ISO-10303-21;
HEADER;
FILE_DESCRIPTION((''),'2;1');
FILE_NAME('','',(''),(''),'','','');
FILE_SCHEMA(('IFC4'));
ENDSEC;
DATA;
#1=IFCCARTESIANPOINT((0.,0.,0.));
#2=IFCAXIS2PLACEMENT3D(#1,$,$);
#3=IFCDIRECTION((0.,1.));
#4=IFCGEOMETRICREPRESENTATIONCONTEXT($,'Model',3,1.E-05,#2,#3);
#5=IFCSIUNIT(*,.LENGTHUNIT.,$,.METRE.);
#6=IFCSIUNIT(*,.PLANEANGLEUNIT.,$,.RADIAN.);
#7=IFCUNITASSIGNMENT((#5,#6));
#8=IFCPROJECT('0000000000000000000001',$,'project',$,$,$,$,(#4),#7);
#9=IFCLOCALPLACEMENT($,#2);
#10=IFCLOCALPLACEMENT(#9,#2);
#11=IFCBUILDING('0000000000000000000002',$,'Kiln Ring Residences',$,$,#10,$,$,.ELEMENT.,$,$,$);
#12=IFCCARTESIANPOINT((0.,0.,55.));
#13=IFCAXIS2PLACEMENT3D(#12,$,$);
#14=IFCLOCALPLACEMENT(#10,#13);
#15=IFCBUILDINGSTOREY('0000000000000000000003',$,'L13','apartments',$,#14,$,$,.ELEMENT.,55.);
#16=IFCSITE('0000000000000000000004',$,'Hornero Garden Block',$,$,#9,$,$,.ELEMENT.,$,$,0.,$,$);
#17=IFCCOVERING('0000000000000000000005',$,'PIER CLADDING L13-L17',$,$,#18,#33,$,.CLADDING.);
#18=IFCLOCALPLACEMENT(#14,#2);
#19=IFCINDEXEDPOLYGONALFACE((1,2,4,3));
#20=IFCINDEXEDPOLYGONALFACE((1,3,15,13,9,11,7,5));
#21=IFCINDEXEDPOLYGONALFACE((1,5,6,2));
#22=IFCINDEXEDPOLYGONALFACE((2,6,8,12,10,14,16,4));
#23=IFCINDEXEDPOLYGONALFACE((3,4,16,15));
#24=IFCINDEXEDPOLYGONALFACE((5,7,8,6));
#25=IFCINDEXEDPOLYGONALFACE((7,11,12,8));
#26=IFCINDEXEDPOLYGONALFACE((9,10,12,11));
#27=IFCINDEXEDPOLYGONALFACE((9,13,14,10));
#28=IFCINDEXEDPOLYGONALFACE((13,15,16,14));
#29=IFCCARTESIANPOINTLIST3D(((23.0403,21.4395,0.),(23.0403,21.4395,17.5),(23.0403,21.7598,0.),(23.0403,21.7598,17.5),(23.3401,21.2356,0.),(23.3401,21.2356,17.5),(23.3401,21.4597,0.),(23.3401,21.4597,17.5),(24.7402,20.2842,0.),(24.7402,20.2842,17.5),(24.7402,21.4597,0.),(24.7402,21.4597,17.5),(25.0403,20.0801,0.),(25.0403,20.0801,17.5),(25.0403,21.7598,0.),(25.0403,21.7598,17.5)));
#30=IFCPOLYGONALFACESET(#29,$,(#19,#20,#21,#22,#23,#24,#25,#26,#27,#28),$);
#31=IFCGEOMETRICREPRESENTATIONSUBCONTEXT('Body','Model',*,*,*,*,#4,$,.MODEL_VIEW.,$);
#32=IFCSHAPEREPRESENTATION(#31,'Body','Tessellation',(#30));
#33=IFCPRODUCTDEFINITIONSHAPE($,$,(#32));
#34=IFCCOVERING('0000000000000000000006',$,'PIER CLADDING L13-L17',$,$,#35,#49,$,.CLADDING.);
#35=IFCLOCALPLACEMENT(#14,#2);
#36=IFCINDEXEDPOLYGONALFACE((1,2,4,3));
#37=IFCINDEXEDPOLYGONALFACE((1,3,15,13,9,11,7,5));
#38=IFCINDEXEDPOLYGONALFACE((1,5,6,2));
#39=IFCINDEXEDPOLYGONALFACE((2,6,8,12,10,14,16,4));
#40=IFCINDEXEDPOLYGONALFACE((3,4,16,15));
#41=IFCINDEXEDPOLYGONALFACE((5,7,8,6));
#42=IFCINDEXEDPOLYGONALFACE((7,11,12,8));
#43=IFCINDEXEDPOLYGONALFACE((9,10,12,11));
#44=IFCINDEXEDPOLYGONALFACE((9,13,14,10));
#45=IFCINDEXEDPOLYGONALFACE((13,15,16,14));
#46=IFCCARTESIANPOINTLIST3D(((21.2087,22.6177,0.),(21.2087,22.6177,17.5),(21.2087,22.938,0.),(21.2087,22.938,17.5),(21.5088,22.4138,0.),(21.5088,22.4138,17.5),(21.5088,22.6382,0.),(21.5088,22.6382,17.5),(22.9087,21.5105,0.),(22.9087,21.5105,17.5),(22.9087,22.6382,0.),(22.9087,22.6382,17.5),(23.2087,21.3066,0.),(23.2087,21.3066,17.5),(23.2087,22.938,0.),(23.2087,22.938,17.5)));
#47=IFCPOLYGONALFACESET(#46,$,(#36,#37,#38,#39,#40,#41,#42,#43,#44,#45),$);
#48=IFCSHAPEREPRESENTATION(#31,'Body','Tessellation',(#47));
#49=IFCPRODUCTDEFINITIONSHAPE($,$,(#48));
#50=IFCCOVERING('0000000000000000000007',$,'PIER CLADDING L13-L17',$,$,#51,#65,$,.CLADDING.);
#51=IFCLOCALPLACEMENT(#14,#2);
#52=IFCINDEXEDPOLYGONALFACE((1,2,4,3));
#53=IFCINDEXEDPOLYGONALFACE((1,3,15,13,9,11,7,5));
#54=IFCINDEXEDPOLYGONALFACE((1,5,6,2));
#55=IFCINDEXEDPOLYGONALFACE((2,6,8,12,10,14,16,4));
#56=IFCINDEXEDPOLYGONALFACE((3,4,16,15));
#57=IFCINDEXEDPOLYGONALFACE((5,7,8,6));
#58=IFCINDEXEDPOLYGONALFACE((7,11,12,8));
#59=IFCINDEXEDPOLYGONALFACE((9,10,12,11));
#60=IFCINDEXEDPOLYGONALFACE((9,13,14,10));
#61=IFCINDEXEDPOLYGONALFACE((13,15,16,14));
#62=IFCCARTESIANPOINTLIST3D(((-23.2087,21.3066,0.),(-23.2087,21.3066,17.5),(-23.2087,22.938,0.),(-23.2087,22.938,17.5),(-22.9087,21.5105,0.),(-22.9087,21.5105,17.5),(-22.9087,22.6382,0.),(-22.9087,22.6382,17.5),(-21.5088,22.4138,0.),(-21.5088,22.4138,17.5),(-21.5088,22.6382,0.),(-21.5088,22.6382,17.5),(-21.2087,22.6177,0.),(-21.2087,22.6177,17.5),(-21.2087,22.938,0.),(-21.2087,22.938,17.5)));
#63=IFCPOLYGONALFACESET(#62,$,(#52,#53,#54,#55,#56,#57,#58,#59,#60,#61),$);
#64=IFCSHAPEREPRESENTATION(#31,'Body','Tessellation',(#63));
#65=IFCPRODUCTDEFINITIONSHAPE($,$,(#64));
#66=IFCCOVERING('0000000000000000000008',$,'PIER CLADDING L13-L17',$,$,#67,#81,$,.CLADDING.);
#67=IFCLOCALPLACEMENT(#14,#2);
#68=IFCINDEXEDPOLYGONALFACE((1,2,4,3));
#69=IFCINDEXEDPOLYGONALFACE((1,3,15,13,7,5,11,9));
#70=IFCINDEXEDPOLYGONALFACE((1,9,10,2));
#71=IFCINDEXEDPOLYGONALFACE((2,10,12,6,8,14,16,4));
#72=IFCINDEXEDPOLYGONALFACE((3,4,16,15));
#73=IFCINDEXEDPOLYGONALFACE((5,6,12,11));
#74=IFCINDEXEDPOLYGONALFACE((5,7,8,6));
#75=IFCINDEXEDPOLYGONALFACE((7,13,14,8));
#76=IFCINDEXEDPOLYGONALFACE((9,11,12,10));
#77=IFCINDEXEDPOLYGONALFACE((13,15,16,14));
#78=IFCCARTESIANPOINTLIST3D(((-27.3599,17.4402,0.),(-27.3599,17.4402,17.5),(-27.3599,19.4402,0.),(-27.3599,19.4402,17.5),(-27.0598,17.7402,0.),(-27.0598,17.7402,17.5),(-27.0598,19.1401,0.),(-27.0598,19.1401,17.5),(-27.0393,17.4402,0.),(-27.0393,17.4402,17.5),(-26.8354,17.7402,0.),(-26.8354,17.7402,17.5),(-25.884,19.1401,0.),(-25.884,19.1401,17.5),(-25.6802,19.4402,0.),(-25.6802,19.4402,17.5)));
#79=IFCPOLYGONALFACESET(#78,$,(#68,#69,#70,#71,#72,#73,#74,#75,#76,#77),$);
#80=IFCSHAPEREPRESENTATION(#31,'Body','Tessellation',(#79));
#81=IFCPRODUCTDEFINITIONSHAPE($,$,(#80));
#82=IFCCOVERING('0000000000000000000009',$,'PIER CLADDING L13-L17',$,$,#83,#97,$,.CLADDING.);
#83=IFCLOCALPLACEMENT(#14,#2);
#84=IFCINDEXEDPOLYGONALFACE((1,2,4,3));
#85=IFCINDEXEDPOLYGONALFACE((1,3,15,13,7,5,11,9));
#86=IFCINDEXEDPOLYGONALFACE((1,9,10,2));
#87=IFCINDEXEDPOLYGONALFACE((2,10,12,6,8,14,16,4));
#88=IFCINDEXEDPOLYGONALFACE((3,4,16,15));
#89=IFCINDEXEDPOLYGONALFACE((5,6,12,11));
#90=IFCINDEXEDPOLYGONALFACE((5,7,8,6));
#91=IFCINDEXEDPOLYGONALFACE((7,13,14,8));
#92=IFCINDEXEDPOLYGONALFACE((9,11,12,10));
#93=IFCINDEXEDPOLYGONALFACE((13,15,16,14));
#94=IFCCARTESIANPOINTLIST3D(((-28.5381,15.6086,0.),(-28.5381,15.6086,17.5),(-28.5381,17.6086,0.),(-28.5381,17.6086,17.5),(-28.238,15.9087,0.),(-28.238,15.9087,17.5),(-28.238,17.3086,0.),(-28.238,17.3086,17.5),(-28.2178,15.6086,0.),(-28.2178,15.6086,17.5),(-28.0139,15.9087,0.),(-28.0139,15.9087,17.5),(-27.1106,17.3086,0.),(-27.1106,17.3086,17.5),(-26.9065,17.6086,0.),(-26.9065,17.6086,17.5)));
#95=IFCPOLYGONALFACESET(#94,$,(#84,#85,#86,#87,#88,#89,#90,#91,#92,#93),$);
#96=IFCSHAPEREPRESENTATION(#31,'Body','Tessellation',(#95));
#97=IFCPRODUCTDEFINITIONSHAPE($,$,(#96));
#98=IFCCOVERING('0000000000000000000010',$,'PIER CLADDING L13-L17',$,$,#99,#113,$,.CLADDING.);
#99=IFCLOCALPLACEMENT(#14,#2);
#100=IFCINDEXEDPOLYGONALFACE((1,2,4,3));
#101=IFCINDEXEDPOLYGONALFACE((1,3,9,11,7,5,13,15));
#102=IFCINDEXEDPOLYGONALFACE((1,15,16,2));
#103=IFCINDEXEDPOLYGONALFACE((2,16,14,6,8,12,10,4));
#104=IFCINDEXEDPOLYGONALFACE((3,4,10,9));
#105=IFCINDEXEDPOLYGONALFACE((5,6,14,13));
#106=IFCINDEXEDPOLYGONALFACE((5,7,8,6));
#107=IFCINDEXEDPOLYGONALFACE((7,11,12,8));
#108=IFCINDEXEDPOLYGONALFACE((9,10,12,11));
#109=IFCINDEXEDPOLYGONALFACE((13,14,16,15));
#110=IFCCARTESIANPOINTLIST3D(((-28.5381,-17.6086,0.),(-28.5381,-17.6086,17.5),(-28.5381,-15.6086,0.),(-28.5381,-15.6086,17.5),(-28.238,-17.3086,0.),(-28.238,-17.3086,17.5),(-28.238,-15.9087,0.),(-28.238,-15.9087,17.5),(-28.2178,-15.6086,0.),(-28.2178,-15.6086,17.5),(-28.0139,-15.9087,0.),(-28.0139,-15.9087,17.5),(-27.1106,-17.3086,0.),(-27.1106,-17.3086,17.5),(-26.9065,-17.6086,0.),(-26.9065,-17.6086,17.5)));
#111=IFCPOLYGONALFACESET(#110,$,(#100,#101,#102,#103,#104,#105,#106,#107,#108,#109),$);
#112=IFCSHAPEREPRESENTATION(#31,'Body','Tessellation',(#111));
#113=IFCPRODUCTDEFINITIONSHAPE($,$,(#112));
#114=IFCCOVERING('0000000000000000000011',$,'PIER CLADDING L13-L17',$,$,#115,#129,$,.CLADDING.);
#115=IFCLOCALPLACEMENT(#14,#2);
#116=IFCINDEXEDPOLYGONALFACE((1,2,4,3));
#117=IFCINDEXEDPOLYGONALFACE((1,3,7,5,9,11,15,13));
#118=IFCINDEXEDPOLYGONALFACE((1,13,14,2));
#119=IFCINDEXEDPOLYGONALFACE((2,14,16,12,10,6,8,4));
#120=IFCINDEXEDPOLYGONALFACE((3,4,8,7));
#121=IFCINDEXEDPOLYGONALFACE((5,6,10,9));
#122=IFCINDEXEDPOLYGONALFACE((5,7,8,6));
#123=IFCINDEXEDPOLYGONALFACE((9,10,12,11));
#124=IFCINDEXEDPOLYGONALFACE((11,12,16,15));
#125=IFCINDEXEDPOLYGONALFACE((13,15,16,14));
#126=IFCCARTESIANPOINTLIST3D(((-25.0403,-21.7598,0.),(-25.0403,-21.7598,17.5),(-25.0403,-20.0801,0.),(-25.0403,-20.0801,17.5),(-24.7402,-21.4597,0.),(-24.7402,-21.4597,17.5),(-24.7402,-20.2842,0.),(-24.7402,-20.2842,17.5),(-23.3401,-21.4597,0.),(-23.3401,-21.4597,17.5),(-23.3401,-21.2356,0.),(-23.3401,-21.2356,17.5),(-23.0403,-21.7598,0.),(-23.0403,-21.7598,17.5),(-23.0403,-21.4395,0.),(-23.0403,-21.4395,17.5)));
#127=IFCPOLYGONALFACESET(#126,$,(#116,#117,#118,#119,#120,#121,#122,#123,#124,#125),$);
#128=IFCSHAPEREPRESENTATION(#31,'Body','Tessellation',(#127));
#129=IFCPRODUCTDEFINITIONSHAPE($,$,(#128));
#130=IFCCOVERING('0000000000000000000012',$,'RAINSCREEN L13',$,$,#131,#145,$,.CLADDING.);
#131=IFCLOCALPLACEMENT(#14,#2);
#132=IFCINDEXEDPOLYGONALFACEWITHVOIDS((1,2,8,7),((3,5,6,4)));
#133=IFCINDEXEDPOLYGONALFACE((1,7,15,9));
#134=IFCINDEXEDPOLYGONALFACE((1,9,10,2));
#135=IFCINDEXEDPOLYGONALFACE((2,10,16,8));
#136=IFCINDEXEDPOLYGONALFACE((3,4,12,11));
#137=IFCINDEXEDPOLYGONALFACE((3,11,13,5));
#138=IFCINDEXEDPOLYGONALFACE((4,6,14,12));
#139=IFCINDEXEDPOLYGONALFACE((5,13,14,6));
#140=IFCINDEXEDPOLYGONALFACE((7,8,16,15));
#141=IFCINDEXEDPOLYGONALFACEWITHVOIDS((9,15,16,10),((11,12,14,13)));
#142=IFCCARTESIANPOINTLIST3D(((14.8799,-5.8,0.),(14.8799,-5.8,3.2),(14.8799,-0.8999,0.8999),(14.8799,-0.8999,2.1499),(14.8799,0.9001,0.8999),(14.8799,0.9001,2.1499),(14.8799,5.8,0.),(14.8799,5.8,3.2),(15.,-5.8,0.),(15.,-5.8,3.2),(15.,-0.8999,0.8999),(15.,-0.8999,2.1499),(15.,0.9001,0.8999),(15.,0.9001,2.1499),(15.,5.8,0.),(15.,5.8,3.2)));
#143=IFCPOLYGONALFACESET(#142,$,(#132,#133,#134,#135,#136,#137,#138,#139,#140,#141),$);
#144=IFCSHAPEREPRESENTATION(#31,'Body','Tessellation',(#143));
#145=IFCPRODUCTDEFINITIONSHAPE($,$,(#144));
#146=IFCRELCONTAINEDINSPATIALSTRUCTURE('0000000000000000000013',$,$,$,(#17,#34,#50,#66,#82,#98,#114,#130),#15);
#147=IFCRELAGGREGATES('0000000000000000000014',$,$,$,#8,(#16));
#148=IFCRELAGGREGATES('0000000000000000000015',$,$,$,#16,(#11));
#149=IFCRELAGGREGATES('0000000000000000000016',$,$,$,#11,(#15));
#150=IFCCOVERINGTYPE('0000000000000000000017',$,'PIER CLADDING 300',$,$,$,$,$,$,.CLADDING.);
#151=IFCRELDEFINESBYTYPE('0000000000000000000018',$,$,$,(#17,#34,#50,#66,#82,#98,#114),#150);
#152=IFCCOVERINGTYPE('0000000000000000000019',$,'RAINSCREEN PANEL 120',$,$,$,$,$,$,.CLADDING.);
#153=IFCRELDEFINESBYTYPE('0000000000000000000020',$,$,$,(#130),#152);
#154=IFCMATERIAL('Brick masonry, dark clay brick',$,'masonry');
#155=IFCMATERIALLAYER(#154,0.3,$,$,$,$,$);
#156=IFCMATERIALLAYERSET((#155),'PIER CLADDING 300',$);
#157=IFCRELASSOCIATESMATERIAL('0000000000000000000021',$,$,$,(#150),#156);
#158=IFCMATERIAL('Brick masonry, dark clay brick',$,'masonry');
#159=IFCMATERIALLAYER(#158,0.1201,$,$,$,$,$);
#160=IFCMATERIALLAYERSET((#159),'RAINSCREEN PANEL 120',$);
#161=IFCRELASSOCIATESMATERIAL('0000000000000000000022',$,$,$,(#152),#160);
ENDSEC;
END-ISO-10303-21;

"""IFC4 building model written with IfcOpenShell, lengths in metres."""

from ifc_helpers import new_model, si_unit, direction, frame, origin, place, context, subcontext, project, spatial, polyline, outline, extrude, material, layer, layer_set, type_object, element, save


model = new_model("IFC4")

# Units and contexts
model_context = context("Model", 3, precision=1e-05, world=origin(), true_north=direction((0.0, 1.0)))
body_context = subcontext(model_context, "Body", "Model", "MODEL_VIEW")
ifc_project = project(units=[si_unit("LENGTHUNIT", "METRE"), si_unit("PLANEANGLEUNIT", "RADIAN")], contexts=[model_context])

# Site, building, storey
site_placement = place(None, origin())
site = spatial("IfcSite", under=ifc_project, at=site_placement, Name="Hornero Garden Block", CompositionType="ELEMENT", RefElevation=0.0)
building_placement = place(site_placement, origin())
building = spatial("IfcBuilding", under=site, at=building_placement, Name="Kiln Ring Residences", CompositionType="ELEMENT")
storey_placement = place(building_placement, frame((0.0, 0.0, 55.0)))
storey = spatial("IfcBuildingStorey", under=building, at=storey_placement, Name="L13", Description="apartments", CompositionType="ELEMENT", Elevation=55.0)

# Coverings
ifc_material_1 = material(Name="Brick masonry, dark clay brick", Category="masonry")
ifc_layer_1 = layer(ifc_material_1, 0.3)
ifc_layer_set_1 = layer_set([ifc_layer_1], Name="PIER CLADDING 300")
covering_type_1 = type_object("IfcCoveringType", Name="PIER CLADDING 300", PredefinedType="CLADDING", material=ifc_layer_set_1)
placement = place(storey_placement, origin())
element("IfcCovering", 1, at=placement, inside=storey, type_object=covering_type_1, Name="PIER CLADDING L13-L17", PredefinedType="CLADDING", context=body_context, shape_type="SweptSolid", body=[
    extrude(outline(polyline([(25.0403, 21.7598), (23.0403, 21.7598), (23.0403, 21.4395), (23.3401, 21.2356), (23.3401, 21.4597), (24.7402, 21.4597), (24.7402, 20.2842), (25.0403, 20.0801), (25.0403, 21.7598)])), origin(), (0.0, 0.0, 1.0), 17.5),
])
element("IfcCovering", 2, at=placement, inside=storey, type_object=covering_type_1, Name="PIER CLADDING L13-L17", PredefinedType="CLADDING", context=body_context, shape_type="SweptSolid", body=[
    extrude(outline(polyline([(23.2087, 22.938), (21.2087, 22.938), (21.2087, 22.6177), (21.5088, 22.4138), (21.5088, 22.6382), (22.9087, 22.6382), (22.9087, 21.5105), (23.2087, 21.3066), (23.2087, 22.938)])), origin(), (0.0, 0.0, 1.0), 17.5),
])
element("IfcCovering", 3, at=placement, inside=storey, type_object=covering_type_1, Name="PIER CLADDING L13-L17", PredefinedType="CLADDING", context=body_context, shape_type="SweptSolid", body=[
    extrude(outline(polyline([(-21.2087, 22.938), (-23.2087, 22.938), (-23.2087, 21.3066), (-22.9087, 21.5105), (-22.9087, 22.6382), (-21.5088, 22.6382), (-21.5088, 22.4138), (-21.2087, 22.6177), (-21.2087, 22.938)])), origin(), (0.0, 0.0, 1.0), 17.5),
])
element("IfcCovering", 4, at=placement, inside=storey, type_object=covering_type_1, Name="PIER CLADDING L13-L17", PredefinedType="CLADDING", context=body_context, shape_type="SweptSolid", body=[
    extrude(outline(polyline([(-25.6802, 19.4402), (-27.3599, 19.4402), (-27.3599, 17.4402), (-27.0393, 17.4402), (-26.8354, 17.7402), (-27.0598, 17.7402), (-27.0598, 19.1401), (-25.884, 19.1401), (-25.6802, 19.4402)])), origin(), (0.0, 0.0, 1.0), 17.5),
])
element("IfcCovering", 5, at=placement, inside=storey, type_object=covering_type_1, Name="PIER CLADDING L13-L17", PredefinedType="CLADDING", context=body_context, shape_type="SweptSolid", body=[
    extrude(outline(polyline([(-26.9065, 17.6086), (-28.5381, 17.6086), (-28.5381, 15.6086), (-28.2178, 15.6086), (-28.0139, 15.9087), (-28.238, 15.9087), (-28.238, 17.3086), (-27.1106, 17.3086), (-26.9065, 17.6086)])), origin(), (0.0, 0.0, 1.0), 17.5),
])
element("IfcCovering", 6, at=placement, inside=storey, type_object=covering_type_1, Name="PIER CLADDING L13-L17", PredefinedType="CLADDING", context=body_context, shape_type="SweptSolid", body=[
    extrude(outline(polyline([(-28.2178, -15.6086), (-28.5381, -15.6086), (-28.5381, -17.6086), (-26.9065, -17.6086), (-27.1106, -17.3086), (-28.238, -17.3086), (-28.238, -15.9087), (-28.0139, -15.9087), (-28.2178, -15.6086)])), origin(), (0.0, 0.0, 1.0), 17.5),
])
element("IfcCovering", 7, at=placement, inside=storey, type_object=covering_type_1, Name="PIER CLADDING L13-L17", PredefinedType="CLADDING", context=body_context, shape_type="SweptSolid", body=[
    extrude(outline(polyline([(-24.7402, -20.2842), (-25.0403, -20.0801), (-25.0403, -21.7598), (-23.0403, -21.7598), (-23.0403, -21.4395), (-23.3401, -21.2356), (-23.3401, -21.4597), (-24.7402, -21.4597), (-24.7402, -20.2842)])), origin(), (0.0, 0.0, 1.0), 17.5),
])
ifc_material_2 = material(Name="Brick masonry, dark clay brick", Category="masonry")
ifc_layer_2 = layer(ifc_material_2, 0.1201)
ifc_layer_set_2 = layer_set([ifc_layer_2], Name="RAINSCREEN PANEL 120")
covering_type_2 = type_object("IfcCoveringType", Name="RAINSCREEN PANEL 120", PredefinedType="CLADDING", material=ifc_layer_set_2)
covering_1_placement = place(storey_placement, frame((14.9399, 5.8, 0.0), z_axis=(0.0, 0.0, 1.0), x_axis=(0.0, -1.0, 0.0)))
element("IfcCovering", 8, at=covering_1_placement, inside=storey, type_object=covering_type_2, Name="RAINSCREEN L13", PredefinedType="CLADDING", context=body_context, shape_type="SweptSolid", body=[
    extrude(outline(polyline([(0.0, 0.0), (11.6001, 0.0), (11.6001, 3.2), (0.0, 3.2), (0.0, 0.0)]), holes=[polyline([(4.8999, 2.1499), (4.8999, 0.8999), (6.7, 0.8999), (6.7, 2.1499), (4.8999, 2.1499)])]), frame((0.0, 0.0601, 0.0), z_axis=(0.0, -1.0, 0.0), x_axis=(1.0, 0.0, 0.0)), (0.0, 0.0, 1.0), 0.1201),
])

save(model, "model.ifc")
